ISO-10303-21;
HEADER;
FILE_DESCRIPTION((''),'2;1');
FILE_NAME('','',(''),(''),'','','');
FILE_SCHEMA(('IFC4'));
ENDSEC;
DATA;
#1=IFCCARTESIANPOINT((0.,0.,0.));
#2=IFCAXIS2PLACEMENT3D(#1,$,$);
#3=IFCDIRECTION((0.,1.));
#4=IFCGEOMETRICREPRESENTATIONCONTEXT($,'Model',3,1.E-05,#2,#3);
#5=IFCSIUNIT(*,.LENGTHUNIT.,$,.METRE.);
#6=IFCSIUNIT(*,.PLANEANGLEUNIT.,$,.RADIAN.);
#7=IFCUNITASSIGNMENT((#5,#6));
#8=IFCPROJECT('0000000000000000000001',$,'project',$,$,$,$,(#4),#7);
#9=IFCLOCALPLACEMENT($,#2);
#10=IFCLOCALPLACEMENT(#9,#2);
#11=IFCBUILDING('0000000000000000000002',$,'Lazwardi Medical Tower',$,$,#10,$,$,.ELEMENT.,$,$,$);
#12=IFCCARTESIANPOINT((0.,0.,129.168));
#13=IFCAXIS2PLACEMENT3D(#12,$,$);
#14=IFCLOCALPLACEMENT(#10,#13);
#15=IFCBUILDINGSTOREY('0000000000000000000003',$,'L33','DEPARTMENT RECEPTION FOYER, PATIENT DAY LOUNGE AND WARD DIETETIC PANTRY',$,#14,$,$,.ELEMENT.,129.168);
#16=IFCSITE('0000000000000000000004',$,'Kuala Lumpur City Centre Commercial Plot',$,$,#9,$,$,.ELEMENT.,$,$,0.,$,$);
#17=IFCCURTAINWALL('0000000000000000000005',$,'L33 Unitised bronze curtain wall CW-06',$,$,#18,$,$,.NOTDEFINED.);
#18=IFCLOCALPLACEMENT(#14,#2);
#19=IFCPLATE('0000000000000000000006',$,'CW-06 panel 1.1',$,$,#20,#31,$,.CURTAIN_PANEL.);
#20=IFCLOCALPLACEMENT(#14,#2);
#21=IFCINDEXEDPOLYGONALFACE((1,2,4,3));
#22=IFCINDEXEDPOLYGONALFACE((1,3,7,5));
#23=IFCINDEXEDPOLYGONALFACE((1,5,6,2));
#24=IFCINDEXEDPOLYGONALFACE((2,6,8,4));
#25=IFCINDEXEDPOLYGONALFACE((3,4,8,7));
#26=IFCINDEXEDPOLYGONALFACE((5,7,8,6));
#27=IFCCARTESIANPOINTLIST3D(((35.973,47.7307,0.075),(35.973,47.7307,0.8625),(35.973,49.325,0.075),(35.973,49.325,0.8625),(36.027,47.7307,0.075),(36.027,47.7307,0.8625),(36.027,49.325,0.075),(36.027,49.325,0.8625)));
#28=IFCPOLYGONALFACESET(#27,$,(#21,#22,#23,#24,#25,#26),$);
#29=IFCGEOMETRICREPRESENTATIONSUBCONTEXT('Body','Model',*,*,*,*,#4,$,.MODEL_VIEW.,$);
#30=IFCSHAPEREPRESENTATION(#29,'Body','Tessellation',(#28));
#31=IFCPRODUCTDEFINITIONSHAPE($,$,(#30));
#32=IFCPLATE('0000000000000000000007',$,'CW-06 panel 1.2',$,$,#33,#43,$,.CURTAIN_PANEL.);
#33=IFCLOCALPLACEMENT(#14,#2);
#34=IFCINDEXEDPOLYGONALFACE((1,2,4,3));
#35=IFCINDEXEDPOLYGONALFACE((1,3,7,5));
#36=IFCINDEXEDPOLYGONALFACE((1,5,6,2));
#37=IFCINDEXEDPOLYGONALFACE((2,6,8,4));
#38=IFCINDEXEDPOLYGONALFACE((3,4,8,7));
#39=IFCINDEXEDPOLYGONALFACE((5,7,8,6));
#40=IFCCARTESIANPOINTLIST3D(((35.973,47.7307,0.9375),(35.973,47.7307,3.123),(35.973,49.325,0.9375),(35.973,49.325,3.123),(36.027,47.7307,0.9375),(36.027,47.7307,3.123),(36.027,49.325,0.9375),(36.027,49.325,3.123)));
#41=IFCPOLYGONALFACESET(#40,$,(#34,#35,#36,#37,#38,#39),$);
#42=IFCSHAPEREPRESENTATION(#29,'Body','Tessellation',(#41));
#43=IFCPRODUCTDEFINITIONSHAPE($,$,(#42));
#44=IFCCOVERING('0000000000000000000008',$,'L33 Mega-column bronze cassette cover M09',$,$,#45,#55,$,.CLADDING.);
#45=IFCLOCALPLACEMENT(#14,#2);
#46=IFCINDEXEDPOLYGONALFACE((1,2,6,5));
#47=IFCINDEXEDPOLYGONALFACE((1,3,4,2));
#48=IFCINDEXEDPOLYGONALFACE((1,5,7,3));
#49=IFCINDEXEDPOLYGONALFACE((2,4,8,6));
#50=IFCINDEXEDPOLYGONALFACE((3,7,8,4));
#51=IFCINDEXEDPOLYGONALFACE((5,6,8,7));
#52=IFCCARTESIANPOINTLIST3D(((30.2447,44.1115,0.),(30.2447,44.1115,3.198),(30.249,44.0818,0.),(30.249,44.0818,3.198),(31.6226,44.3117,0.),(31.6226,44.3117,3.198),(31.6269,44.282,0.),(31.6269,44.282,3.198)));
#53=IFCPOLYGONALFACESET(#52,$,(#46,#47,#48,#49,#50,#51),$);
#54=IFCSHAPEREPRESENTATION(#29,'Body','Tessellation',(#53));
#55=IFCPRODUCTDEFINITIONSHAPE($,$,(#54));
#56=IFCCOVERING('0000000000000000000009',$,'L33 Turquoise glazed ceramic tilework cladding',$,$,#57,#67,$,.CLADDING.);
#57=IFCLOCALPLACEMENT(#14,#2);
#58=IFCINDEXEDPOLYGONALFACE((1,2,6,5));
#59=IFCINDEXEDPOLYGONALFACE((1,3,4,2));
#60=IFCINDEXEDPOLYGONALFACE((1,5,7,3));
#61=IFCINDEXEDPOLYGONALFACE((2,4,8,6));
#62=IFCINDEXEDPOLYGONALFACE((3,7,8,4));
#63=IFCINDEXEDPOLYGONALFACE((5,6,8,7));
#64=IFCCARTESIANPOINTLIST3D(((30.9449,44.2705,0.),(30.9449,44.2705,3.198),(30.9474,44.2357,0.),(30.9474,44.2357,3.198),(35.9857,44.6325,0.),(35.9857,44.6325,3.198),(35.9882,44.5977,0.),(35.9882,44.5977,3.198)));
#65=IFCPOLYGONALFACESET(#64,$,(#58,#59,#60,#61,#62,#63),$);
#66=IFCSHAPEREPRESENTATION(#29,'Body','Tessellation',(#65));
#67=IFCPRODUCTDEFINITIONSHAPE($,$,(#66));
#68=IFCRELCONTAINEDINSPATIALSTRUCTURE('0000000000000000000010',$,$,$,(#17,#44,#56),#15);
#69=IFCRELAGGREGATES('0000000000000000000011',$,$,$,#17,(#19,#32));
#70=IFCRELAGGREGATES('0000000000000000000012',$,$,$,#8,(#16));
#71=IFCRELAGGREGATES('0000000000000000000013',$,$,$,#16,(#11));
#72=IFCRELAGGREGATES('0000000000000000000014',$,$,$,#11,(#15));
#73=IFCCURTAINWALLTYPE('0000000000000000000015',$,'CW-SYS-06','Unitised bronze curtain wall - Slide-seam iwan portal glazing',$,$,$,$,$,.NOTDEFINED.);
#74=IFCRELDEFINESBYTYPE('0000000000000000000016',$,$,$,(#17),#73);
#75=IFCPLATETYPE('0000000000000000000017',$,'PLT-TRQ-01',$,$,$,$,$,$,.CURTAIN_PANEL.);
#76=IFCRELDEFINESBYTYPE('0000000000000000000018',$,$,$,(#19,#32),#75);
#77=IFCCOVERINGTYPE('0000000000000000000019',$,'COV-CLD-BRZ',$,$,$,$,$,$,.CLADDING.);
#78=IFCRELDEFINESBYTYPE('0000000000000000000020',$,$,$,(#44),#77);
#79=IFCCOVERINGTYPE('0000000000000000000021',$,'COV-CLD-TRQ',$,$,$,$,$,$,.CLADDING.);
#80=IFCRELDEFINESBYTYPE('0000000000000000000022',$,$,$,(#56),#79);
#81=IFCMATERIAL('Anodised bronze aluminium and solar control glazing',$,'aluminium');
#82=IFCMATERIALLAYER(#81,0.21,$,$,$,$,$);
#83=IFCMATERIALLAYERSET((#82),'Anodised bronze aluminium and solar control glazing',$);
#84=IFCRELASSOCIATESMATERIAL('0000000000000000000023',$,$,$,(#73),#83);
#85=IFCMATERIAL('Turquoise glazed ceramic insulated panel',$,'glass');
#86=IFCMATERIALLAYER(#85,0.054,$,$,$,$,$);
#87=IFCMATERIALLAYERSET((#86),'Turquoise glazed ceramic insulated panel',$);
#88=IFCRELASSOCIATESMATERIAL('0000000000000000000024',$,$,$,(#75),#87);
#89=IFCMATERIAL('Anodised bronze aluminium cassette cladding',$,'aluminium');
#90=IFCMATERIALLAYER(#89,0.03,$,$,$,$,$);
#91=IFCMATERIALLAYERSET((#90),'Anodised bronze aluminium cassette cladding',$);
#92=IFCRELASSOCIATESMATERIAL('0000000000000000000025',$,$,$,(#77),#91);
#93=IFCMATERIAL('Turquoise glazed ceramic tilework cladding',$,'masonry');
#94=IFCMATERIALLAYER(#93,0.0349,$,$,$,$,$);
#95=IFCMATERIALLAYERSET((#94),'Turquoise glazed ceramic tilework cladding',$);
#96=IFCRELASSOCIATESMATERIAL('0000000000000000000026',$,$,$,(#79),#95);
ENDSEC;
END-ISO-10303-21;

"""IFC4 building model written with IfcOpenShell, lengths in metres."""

from ifc_helpers import new_model, si_unit, direction, frame, origin, origin_2d, place, context, subcontext, project, spatial, rectangle, extrude, material, layer, layer_set, type_object, element, aggregate, save


model = new_model("IFC4")

# Units and contexts
model_context = context("Model", 3, precision=1e-05, world=origin(), true_north=direction((0.0, 1.0)))
body_context = subcontext(model_context, "Body", "Model", "MODEL_VIEW")
ifc_project = project(units=[si_unit("LENGTHUNIT", "METRE"), si_unit("PLANEANGLEUNIT", "RADIAN")], contexts=[model_context])

# Site, building, storey
site_placement = place(None, origin())
site = spatial("IfcSite", under=ifc_project, at=site_placement, Name="Kuala Lumpur City Centre Commercial Plot", CompositionType="ELEMENT", RefElevation=0.0)
building_placement = place(site_placement, origin())
building = spatial("IfcBuilding", under=site, at=building_placement, Name="Lazwardi Medical Tower", CompositionType="ELEMENT")
storey_placement = place(building_placement, frame((0.0, 0.0, 129.168)))
storey = spatial("IfcBuildingStorey", under=building, at=storey_placement, Name="L33", Description="DEPARTMENT RECEPTION FOYER, PATIENT DAY LOUNGE AND WARD DIETETIC PANTRY", CompositionType="ELEMENT", Elevation=129.168)

# Curtain wall
ifc_material_1 = material(Name="Anodised bronze aluminium and solar control glazing", Category="aluminium")
ifc_layer_1 = layer(ifc_material_1, 0.21)
ifc_layer_set_1 = layer_set([ifc_layer_1], Name="Anodised bronze aluminium and solar control glazing")
curtain_wall_type_1 = type_object("IfcCurtainWallType", Name="CW-SYS-06", Description="Unitised bronze curtain wall - Slide-seam iwan portal glazing", PredefinedType="NOTDEFINED", material=ifc_layer_set_1)
curtain_wall_1_placement = place(storey_placement, origin())
curtain_wall_1 = element("IfcCurtainWall", 1, at=curtain_wall_1_placement, inside=storey, type_object=curtain_wall_type_1, Name="L33 Unitised bronze curtain wall CW-06", PredefinedType="NOTDEFINED")

# Plates
ifc_material_2 = material(Name="Turquoise glazed ceramic insulated panel", Category="glass")
ifc_layer_2 = layer(ifc_material_2, 0.054)
ifc_layer_set_2 = layer_set([ifc_layer_2], Name="Turquoise glazed ceramic insulated panel")
plate_type_1 = type_object("IfcPlateType", Name="PLT-TRQ-01", PredefinedType="CURTAIN_PANEL", material=ifc_layer_set_2)
plate_1_placement = place(storey_placement, frame((36.0, 48.5278, 0.075), z_axis=(0.0, 0.0, 1.0), x_axis=(0.0, -1.0, 0.0)))
plate_1 = element("IfcPlate", 2, at=plate_1_placement, type_object=plate_type_1, Name="CW-06 panel 1.1", PredefinedType="CURTAIN_PANEL", context=body_context, shape_type="SweptSolid", body=[
    extrude(rectangle(XDim=1.5942, YDim=0.054, at=origin_2d()), origin(), (0.0, 0.0, 1.0), 0.7876),
])
plate_2_placement = place(storey_placement, frame((36.0, 48.5278, 0.9375), z_axis=(0.0, 0.0, 1.0), x_axis=(0.0, -1.0, 0.0)))
plate_2 = element("IfcPlate", 3, at=plate_2_placement, type_object=plate_type_1, Name="CW-06 panel 1.2", PredefinedType="CURTAIN_PANEL", context=body_context, shape_type="SweptSolid", body=[
    extrude(rectangle(XDim=1.5942, YDim=0.054, at=origin_2d()), origin(), (0.0, 0.0, 1.0), 2.1855),
])
aggregate(curtain_wall_1, [plate_1, plate_2])

# Coverings
ifc_material_3 = material(Name="Anodised bronze aluminium cassette cladding", Category="aluminium")
ifc_layer_3 = layer(ifc_material_3, 0.03)
ifc_layer_set_3 = layer_set([ifc_layer_3], Name="Anodised bronze aluminium cassette cladding")
covering_type_1 = type_object("IfcCoveringType", Name="COV-CLD-BRZ", PredefinedType="CLADDING", material=ifc_layer_set_3)
covering_1_placement = place(storey_placement, frame((30.9358, 44.1968, 0.0), z_axis=(0.0, 0.0, 1.0), x_axis=(-0.989609, -0.143785, 0.0)))
element("IfcCovering", 4, at=covering_1_placement, inside=storey, type_object=covering_type_1, Name="L33 Mega-column bronze cassette cover M09", PredefinedType="CLADDING", context=body_context, shape_type="SweptSolid", body=[
    extrude(rectangle(XDim=1.3923, YDim=0.03, at=origin_2d()), origin(), (0.0, 0.0, 1.0), 3.198),
])
ifc_material_4 = material(Name="Turquoise glazed ceramic tilework cladding", Category="masonry")
ifc_layer_4 = layer(ifc_material_4, 0.0349)
ifc_layer_set_4 = layer_set([ifc_layer_4], Name="Turquoise glazed ceramic tilework cladding")
covering_type_2 = type_object("IfcCoveringType", Name="COV-CLD-TRQ", PredefinedType="CLADDING", material=ifc_layer_set_4)
covering_2_placement = place(storey_placement, frame((33.4666, 44.4341, 0.0), z_axis=(0.0, 0.0, 1.0), x_axis=(-0.997431, -0.071631, 0.0)))
element("IfcCovering", 5, at=covering_2_placement, inside=storey, type_object=covering_type_2, Name="L33 Turquoise glazed ceramic tilework cladding", PredefinedType="CLADDING", context=body_context, shape_type="SweptSolid", body=[
    extrude(rectangle(XDim=5.0537, YDim=0.0349, at=origin_2d()), origin(), (0.0, 0.0, 1.0), 3.198),
])

save(model, "model.ifc")
